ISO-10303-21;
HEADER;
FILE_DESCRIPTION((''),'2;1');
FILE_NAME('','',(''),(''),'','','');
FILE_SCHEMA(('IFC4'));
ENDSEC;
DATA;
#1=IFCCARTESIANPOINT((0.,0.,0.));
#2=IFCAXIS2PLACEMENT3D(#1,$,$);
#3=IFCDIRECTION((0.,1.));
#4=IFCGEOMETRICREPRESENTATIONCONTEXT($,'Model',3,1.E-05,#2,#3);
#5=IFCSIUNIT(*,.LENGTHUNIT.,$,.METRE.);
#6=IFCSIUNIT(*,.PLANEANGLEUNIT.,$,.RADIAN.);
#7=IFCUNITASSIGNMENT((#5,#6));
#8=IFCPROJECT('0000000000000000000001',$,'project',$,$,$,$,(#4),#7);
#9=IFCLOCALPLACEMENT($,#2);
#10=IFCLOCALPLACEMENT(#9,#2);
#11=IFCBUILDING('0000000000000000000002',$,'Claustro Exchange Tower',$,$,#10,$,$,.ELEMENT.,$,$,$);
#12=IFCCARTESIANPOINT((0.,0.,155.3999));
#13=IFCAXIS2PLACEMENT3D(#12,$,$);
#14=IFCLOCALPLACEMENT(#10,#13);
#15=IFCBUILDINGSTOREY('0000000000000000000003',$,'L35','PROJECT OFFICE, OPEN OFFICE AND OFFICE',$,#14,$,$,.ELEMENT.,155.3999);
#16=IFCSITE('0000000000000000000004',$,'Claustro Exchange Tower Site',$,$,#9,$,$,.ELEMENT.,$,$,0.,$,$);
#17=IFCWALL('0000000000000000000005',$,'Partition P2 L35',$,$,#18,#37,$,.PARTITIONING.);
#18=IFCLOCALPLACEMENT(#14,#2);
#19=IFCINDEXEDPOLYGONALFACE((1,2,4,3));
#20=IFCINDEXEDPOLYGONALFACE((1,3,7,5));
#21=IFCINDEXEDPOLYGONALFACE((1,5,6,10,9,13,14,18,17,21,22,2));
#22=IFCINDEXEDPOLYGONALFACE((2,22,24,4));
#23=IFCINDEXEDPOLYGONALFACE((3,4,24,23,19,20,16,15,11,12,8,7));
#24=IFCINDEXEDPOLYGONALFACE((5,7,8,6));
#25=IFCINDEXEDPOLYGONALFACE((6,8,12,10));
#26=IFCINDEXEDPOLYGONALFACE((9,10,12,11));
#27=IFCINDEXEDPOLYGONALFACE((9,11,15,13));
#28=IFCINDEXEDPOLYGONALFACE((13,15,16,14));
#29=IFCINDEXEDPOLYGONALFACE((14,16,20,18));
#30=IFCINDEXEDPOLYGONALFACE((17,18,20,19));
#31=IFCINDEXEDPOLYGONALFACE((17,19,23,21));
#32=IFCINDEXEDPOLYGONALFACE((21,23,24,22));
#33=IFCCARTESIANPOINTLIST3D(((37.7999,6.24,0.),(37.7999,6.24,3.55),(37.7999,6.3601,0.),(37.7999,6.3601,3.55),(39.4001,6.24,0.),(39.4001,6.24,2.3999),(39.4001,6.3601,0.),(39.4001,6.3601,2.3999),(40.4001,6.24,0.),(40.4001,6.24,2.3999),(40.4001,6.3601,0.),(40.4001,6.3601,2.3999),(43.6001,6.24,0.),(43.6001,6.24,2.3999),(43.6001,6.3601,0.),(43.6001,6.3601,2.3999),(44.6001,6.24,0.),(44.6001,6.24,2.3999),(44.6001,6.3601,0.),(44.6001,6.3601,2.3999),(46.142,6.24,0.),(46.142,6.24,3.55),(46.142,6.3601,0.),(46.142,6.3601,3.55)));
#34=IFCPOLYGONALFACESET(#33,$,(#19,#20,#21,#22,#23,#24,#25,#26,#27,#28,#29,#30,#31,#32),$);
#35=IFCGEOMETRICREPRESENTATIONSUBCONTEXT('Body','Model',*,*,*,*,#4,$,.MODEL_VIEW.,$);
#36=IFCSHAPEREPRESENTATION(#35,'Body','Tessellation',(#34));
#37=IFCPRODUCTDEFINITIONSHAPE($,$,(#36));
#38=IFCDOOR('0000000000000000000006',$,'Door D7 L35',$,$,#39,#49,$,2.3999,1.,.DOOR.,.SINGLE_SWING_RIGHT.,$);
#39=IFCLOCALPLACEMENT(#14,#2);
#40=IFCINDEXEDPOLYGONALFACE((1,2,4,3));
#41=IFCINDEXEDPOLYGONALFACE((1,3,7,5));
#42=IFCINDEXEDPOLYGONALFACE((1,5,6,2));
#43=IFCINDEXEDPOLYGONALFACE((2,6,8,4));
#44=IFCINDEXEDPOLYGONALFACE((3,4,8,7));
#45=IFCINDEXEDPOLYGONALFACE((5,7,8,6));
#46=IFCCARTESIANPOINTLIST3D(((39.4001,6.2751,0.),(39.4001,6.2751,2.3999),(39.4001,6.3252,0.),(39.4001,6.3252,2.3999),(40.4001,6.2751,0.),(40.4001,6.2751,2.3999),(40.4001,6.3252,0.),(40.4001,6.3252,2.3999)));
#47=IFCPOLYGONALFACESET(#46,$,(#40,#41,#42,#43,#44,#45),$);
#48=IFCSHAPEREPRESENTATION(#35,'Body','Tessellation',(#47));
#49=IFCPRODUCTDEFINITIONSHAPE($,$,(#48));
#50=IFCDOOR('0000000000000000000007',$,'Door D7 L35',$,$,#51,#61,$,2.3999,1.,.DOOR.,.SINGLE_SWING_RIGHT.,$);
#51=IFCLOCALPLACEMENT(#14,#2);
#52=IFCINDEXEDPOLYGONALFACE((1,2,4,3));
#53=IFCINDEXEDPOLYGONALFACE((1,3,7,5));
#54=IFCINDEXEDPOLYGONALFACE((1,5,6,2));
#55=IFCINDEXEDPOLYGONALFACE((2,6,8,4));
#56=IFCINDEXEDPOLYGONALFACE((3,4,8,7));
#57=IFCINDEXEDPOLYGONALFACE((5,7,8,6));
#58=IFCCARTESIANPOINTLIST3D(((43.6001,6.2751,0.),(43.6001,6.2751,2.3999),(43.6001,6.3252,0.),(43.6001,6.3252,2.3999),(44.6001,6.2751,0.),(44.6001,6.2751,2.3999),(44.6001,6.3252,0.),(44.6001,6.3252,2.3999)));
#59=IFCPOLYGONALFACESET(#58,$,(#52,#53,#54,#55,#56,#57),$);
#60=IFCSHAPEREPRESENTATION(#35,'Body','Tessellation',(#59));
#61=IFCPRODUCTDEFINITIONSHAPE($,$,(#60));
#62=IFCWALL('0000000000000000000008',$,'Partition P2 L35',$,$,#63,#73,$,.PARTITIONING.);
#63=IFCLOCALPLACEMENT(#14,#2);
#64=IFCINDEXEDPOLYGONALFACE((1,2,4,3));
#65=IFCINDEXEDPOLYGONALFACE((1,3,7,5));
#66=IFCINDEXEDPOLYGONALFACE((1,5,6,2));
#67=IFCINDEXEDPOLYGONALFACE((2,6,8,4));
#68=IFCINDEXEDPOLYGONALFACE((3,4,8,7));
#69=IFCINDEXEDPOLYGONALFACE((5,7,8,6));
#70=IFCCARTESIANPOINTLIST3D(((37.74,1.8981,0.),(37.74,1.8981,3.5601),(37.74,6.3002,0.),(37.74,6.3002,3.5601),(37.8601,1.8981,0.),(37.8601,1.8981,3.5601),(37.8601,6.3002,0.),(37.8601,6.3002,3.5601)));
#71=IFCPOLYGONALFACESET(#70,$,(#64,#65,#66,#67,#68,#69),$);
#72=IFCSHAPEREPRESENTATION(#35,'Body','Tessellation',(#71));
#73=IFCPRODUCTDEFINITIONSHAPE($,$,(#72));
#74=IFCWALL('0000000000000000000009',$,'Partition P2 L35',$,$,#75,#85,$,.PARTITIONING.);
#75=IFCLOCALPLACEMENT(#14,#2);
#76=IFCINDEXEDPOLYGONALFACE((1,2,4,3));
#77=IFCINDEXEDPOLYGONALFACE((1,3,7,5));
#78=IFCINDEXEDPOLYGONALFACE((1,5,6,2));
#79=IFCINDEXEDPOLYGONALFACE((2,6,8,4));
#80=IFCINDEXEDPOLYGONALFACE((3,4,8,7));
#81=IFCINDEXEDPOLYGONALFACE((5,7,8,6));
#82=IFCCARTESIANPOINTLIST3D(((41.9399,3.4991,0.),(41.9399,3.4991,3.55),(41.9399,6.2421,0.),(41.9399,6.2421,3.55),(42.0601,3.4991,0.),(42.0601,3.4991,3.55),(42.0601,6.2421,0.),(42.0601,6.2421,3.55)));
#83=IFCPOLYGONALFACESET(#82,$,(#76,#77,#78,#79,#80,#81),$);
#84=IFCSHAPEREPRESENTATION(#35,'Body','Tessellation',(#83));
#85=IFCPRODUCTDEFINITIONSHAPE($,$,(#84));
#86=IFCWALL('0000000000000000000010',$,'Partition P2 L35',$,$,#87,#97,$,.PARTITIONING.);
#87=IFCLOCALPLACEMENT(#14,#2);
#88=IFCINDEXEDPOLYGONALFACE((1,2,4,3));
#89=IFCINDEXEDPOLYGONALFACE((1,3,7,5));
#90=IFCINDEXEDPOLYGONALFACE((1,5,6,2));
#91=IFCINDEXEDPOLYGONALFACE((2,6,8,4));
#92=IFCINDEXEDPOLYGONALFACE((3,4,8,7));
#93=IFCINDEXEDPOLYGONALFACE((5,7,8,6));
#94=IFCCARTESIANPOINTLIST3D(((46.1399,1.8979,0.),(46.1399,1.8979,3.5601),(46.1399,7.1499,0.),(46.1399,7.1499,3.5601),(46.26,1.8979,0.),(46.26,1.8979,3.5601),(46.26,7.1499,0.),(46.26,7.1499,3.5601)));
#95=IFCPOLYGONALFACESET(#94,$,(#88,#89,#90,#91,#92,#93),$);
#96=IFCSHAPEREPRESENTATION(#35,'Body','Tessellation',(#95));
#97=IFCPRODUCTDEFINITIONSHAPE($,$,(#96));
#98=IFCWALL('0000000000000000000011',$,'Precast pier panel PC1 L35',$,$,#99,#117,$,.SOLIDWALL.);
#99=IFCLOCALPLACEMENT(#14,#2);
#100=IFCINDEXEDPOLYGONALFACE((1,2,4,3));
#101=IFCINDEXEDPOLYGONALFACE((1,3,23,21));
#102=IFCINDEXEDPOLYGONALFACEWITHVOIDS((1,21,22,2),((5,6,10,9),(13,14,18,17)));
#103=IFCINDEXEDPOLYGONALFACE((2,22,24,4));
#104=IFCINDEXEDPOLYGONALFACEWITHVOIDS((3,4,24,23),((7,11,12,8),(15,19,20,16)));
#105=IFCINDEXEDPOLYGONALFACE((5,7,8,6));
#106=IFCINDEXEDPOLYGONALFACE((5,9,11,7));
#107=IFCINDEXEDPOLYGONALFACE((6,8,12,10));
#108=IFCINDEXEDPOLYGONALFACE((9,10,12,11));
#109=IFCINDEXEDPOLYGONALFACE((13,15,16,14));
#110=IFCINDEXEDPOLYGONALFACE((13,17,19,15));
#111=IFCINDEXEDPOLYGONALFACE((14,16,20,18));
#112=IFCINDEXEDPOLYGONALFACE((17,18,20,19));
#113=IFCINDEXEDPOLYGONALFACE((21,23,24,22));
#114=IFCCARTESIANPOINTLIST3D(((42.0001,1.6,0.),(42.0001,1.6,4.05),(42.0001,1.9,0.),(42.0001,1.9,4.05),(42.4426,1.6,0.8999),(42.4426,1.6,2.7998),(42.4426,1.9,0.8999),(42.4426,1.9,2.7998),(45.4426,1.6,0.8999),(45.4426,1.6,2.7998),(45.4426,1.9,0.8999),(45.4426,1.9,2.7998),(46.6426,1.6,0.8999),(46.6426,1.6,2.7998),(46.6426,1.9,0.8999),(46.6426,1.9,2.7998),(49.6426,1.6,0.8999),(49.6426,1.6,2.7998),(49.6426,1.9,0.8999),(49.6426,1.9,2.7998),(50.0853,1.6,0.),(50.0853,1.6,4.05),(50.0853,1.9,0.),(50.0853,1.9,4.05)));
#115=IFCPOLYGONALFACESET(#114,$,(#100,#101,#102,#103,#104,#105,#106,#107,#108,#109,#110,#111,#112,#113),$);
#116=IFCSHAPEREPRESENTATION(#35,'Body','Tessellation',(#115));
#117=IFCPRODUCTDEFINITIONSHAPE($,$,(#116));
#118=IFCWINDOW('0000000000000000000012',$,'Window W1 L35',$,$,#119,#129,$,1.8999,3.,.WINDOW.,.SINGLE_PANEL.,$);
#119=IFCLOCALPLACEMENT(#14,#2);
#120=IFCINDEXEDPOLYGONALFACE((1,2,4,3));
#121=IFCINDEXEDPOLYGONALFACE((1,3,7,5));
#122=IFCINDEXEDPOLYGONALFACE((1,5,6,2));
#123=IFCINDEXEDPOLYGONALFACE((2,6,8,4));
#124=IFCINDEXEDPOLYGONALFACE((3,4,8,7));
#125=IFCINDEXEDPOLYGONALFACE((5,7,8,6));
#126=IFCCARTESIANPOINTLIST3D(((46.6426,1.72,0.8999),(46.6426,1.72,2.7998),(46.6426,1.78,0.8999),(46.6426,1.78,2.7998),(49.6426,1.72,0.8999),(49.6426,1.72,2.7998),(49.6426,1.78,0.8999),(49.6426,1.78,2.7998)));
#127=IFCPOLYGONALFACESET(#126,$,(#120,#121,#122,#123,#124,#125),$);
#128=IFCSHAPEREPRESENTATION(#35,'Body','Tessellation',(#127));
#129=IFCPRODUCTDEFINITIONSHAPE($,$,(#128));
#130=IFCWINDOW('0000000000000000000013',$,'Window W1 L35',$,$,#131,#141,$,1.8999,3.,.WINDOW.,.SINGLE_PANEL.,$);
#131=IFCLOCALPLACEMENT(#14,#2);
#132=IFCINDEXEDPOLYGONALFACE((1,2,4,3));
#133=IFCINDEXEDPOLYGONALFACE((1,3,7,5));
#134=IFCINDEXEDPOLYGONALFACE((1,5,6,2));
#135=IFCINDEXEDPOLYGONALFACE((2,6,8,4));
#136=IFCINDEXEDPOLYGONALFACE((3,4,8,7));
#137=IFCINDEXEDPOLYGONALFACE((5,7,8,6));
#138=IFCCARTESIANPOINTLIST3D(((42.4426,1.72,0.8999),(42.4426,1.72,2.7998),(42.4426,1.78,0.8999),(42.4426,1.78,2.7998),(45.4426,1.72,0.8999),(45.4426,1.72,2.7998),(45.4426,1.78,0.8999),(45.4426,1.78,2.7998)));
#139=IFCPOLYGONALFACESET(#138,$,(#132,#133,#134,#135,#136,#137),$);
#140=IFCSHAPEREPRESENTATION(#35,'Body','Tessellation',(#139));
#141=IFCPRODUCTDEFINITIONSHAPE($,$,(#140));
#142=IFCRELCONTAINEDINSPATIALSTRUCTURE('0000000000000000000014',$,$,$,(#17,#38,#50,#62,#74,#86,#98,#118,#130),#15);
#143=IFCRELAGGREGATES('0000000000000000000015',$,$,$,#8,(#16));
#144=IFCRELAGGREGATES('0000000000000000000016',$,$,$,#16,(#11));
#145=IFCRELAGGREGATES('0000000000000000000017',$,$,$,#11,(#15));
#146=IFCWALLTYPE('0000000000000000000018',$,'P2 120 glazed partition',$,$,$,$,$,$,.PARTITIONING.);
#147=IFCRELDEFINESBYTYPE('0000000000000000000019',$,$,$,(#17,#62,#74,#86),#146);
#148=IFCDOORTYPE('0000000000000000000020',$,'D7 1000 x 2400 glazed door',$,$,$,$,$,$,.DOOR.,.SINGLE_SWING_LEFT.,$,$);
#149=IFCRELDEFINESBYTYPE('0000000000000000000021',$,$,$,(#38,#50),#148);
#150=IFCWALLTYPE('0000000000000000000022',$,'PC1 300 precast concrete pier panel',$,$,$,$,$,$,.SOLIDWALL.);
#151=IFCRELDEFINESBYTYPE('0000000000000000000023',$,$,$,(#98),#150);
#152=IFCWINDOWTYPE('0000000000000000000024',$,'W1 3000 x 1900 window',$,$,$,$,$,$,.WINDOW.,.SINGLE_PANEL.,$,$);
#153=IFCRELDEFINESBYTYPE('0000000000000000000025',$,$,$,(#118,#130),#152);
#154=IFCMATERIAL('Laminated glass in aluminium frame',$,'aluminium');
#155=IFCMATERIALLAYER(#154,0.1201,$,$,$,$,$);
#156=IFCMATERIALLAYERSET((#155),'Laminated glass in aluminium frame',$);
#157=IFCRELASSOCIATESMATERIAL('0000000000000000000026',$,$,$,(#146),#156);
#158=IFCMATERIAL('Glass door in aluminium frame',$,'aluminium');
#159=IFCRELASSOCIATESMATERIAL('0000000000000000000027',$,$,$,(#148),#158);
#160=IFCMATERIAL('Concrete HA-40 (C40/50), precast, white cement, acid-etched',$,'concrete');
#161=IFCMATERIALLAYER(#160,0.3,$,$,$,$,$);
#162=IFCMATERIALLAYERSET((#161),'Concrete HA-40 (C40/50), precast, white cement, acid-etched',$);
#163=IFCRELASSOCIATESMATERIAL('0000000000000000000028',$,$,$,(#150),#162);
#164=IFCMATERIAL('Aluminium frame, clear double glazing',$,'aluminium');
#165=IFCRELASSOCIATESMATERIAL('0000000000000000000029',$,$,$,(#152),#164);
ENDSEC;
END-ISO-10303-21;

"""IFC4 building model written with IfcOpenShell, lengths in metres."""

from ifc_helpers import new_model, si_unit, direction, frame, frame_2d, origin, place, context, subcontext, project, spatial, rectangle, extrude, material, layer, layer_set, type_object, element, fill, save


model = new_model("IFC4")

# Units and contexts
model_context = context("Model", 3, precision=1e-05, world=origin(), true_north=direction((0.0, 1.0)))
body_context = subcontext(model_context, "Body", "Model", "MODEL_VIEW")
ifc_project = project(units=[si_unit("LENGTHUNIT", "METRE"), si_unit("PLANEANGLEUNIT", "RADIAN")], contexts=[model_context])

# Site, building, storey
site_placement = place(None, origin())
site = spatial("IfcSite", under=ifc_project, at=site_placement, Name="Claustro Exchange Tower Site", CompositionType="ELEMENT", RefElevation=0.0)
building_placement = place(site_placement, origin())
building = spatial("IfcBuilding", under=site, at=building_placement, Name="Claustro Exchange Tower", CompositionType="ELEMENT")
storey_placement = place(building_placement, frame((0.0, 0.0, 155.3999)))
storey = spatial("IfcBuildingStorey", under=building, at=storey_placement, Name="L35", Description="PROJECT OFFICE, OPEN OFFICE AND OFFICE", CompositionType="ELEMENT", Elevation=155.3999)

# Shared definitions
ifc_material_1 = material(Name="Laminated glass in aluminium frame", Category="aluminium")
ifc_layer_1 = layer(ifc_material_1, 0.1201)
ifc_layer_set_1 = layer_set([ifc_layer_1], Name="Laminated glass in aluminium frame")
wall_type_1 = type_object("IfcWallType", Name="P2 120 glazed partition", PredefinedType="PARTITIONING", material=ifc_layer_set_1)
ifc_material_2 = material(Name="Glass door in aluminium frame", Category="aluminium")
door_type = type_object("IfcDoorType", Name="D7 1000 x 2400 glazed door", OperationType="SINGLE_SWING_LEFT", PredefinedType="DOOR", material=ifc_material_2)

# Wall, openings, doors
wall_1_placement = place(storey_placement, frame((37.8, 6.3, 0.0), z_axis=(0.0, 0.0, 1.0), x_axis=(1.0, 0.0, 0.0)))
wall_1 = element("IfcWall", 1, at=wall_1_placement, inside=storey, type_object=wall_type_1, Name="Partition P2 L35", PredefinedType="PARTITIONING", context=body_context, shape_type="SweptSolid", body=[
    extrude(rectangle(XDim=8.342, YDim=0.1201, at=frame_2d((4.1709, 0.0))), origin(), (0.0, 0.0, 1.0), 3.55),
])
opening_1_placement = place(wall_1_placement, frame((1.6001, 0.0, 0.0)))
opening_1 = element("IfcOpeningElement", 2, at=opening_1_placement, cuts=wall_1, PredefinedType="OPENING", context=body_context, shape_type="SweptSolid", body=[
    extrude(rectangle(XDim=1.0, YDim=2.3999, at=frame_2d((0.5, 1.2))), frame((0.0, 0.0701, 0.0), z_axis=(0.0, -1.0, 0.0), x_axis=(1.0, 0.0, 0.0)), (0.0, 0.0, 1.0), 0.1401),
])
opening_2_placement = place(wall_1_placement, frame((5.8, 0.0, 0.0)))
opening_2 = element("IfcOpeningElement", 3, at=opening_2_placement, cuts=wall_1, PredefinedType="OPENING", context=body_context, shape_type="SweptSolid", body=[
    extrude(rectangle(XDim=1.0, YDim=2.3999, at=frame_2d((0.5, 1.2))), frame((0.0, 0.0701, 0.0), z_axis=(0.0, -1.0, 0.0), x_axis=(1.0, 0.0, 0.0)), (0.0, 0.0, 1.0), 0.1401),
])
door_1_placement = place(opening_1_placement, frame((1.0, 0.0, 0.0), z_axis=(0.0, 0.0, 1.0), x_axis=(-1.0, 0.0, 0.0)))
door_1 = element("IfcDoor", 4, at=door_1_placement, inside=storey, type_object=door_type, Name="Door D7 L35", OperationType="SINGLE_SWING_RIGHT", OverallHeight=2.3999, OverallWidth=1.0, PredefinedType="DOOR", context=body_context, shape_type="SweptSolid", body=[
    extrude(rectangle(XDim=1.0, YDim=2.3999, at=frame_2d((0.5, 1.2))), frame((0.0, 0.0249, 0.0), z_axis=(0.0, -1.0, 0.0), x_axis=(1.0, 0.0, 0.0)), (0.0, 0.0, 1.0), 0.05),
])
fill(opening_1, door_1)
door_2_placement = place(opening_2_placement, frame((1.0, 0.0, 0.0), z_axis=(0.0, 0.0, 1.0), x_axis=(-1.0, 0.0, 0.0)))
door_2 = element("IfcDoor", 5, at=door_2_placement, inside=storey, type_object=door_type, Name="Door D7 L35", OperationType="SINGLE_SWING_RIGHT", OverallHeight=2.3999, OverallWidth=1.0, PredefinedType="DOOR", context=body_context, shape_type="SweptSolid", body=[
    extrude(rectangle(XDim=1.0, YDim=2.3999, at=frame_2d((0.5, 1.2))), frame((0.0, 0.0249, 0.0), z_axis=(0.0, -1.0, 0.0), x_axis=(1.0, 0.0, 0.0)), (0.0, 0.0, 1.0), 0.05),
])
fill(opening_2, door_2)

# Walls
wall_2_placement = place(storey_placement, frame((37.8, 1.8979, 0.0), z_axis=(0.0, 0.0, 1.0), x_axis=(0.0, 1.0, 0.0)))
element("IfcWall", 6, at=wall_2_placement, inside=storey, type_object=wall_type_1, Name="Partition P2 L35", PredefinedType="PARTITIONING", context=body_context, shape_type="SweptSolid", body=[
    extrude(rectangle(XDim=4.4021, YDim=0.1201, at=frame_2d((2.2012, 0.0))), origin(), (0.0, 0.0, 1.0), 3.5601),
])
wall_3_placement = place(storey_placement, frame((42.0, 3.499, 0.0), z_axis=(0.0, 0.0, 1.0), x_axis=(0.0, 1.0, 0.0)))
element("IfcWall", 7, at=wall_3_placement, inside=storey, type_object=wall_type_1, Name="Partition P2 L35", PredefinedType="PARTITIONING", context=body_context, shape_type="SweptSolid", body=[
    extrude(rectangle(XDim=2.7429, YDim=0.1201, at=frame_2d((1.3716, 0.0))), origin(), (0.0, 0.0, 1.0), 3.55),
])
wall_4_placement = place(storey_placement, frame((46.2, 1.8979, 0.0), z_axis=(0.0, 0.0, 1.0), x_axis=(0.0, 1.0, 0.0)))
element("IfcWall", 8, at=wall_4_placement, inside=storey, type_object=wall_type_1, Name="Partition P2 L35", PredefinedType="PARTITIONING", context=body_context, shape_type="SweptSolid", body=[
    extrude(rectangle(XDim=5.252, YDim=0.1201, at=frame_2d((2.626, 0.0))), origin(), (0.0, 0.0, 1.0), 3.5601),
])

# Wall, openings, windows
ifc_material_3 = material(Name="Concrete HA-40 (C40/50), precast, white cement, acid-etched", Category="concrete")
ifc_layer_2 = layer(ifc_material_3, 0.3)
ifc_layer_set_2 = layer_set([ifc_layer_2], Name="Concrete HA-40 (C40/50), precast, white cement, acid-etched")
wall_type_2 = type_object("IfcWallType", Name="PC1 300 precast concrete pier panel", PredefinedType="SOLIDWALL", material=ifc_layer_set_2)
wall_5_placement = place(storey_placement, frame((50.0852, 1.75, 0.0), z_axis=(0.0, 0.0, 1.0), x_axis=(-1.0, 0.0, 0.0)))
wall_5 = element("IfcWall", 9, at=wall_5_placement, inside=storey, type_object=wall_type_2, Name="Precast pier panel PC1 L35", PredefinedType="SOLIDWALL", context=body_context, shape_type="SweptSolid", body=[
    extrude(rectangle(XDim=8.0852, YDim=0.3, at=frame_2d((4.0425, 0.0))), origin(), (0.0, 0.0, 1.0), 4.05),
])
opening_3_placement = place(wall_5_placement, frame((0.4426, 0.0, 0.8999)))
opening_3 = element("IfcOpeningElement", 10, at=opening_3_placement, cuts=wall_5, PredefinedType="OPENING", context=body_context, shape_type="SweptSolid", body=[
    extrude(rectangle(XDim=3.0, YDim=1.8999, at=frame_2d((1.5, 0.95))), frame((0.0, 0.1599, 0.0), z_axis=(0.0, -1.0, 0.0), x_axis=(1.0, 0.0, 0.0)), (0.0, 0.0, 1.0), 0.3201),
])
opening_4_placement = place(wall_5_placement, frame((4.6426, 0.0, 0.8999)))
opening_4 = element("IfcOpeningElement", 11, at=opening_4_placement, cuts=wall_5, PredefinedType="OPENING", context=body_context, shape_type="SweptSolid", body=[
    extrude(rectangle(XDim=3.0, YDim=1.8999, at=frame_2d((1.5, 0.95))), frame((0.0, 0.1599, 0.0), z_axis=(0.0, -1.0, 0.0), x_axis=(1.0, 0.0, 0.0)), (0.0, 0.0, 1.0), 0.3201),
])
ifc_material_4 = material(Name="Aluminium frame, clear double glazing", Category="aluminium")
window_type = type_object("IfcWindowType", Name="W1 3000 x 1900 window", PartitioningType="SINGLE_PANEL", PredefinedType="WINDOW", material=ifc_material_4)
window_1_placement = place(opening_3_placement, origin())
window_1 = element("IfcWindow", 12, at=window_1_placement, inside=storey, type_object=window_type, Name="Window W1 L35", OverallHeight=1.8999, OverallWidth=3.0, PartitioningType="SINGLE_PANEL", PredefinedType="WINDOW", context=body_context, shape_type="SweptSolid", body=[
    extrude(rectangle(XDim=3.0, YDim=1.8999, at=frame_2d((1.5, 0.95))), frame((0.0, 0.03, 0.0), z_axis=(0.0, -1.0, 0.0), x_axis=(1.0, 0.0, 0.0)), (0.0, 0.0, 1.0), 0.0601),
])
fill(opening_3, window_1)
window_2_placement = place(opening_4_placement, origin())
window_2 = element("IfcWindow", 13, at=window_2_placement, inside=storey, type_object=window_type, Name="Window W1 L35", OverallHeight=1.8999, OverallWidth=3.0, PartitioningType="SINGLE_PANEL", PredefinedType="WINDOW", context=body_context, shape_type="SweptSolid", body=[
    extrude(rectangle(XDim=3.0, YDim=1.8999, at=frame_2d((1.5, 0.95))), frame((0.0, 0.03, 0.0), z_axis=(0.0, -1.0, 0.0), x_axis=(1.0, 0.0, 0.0)), (0.0, 0.0, 1.0), 0.0601),
])
fill(opening_4, window_2)

save(model, "model.ifc")
